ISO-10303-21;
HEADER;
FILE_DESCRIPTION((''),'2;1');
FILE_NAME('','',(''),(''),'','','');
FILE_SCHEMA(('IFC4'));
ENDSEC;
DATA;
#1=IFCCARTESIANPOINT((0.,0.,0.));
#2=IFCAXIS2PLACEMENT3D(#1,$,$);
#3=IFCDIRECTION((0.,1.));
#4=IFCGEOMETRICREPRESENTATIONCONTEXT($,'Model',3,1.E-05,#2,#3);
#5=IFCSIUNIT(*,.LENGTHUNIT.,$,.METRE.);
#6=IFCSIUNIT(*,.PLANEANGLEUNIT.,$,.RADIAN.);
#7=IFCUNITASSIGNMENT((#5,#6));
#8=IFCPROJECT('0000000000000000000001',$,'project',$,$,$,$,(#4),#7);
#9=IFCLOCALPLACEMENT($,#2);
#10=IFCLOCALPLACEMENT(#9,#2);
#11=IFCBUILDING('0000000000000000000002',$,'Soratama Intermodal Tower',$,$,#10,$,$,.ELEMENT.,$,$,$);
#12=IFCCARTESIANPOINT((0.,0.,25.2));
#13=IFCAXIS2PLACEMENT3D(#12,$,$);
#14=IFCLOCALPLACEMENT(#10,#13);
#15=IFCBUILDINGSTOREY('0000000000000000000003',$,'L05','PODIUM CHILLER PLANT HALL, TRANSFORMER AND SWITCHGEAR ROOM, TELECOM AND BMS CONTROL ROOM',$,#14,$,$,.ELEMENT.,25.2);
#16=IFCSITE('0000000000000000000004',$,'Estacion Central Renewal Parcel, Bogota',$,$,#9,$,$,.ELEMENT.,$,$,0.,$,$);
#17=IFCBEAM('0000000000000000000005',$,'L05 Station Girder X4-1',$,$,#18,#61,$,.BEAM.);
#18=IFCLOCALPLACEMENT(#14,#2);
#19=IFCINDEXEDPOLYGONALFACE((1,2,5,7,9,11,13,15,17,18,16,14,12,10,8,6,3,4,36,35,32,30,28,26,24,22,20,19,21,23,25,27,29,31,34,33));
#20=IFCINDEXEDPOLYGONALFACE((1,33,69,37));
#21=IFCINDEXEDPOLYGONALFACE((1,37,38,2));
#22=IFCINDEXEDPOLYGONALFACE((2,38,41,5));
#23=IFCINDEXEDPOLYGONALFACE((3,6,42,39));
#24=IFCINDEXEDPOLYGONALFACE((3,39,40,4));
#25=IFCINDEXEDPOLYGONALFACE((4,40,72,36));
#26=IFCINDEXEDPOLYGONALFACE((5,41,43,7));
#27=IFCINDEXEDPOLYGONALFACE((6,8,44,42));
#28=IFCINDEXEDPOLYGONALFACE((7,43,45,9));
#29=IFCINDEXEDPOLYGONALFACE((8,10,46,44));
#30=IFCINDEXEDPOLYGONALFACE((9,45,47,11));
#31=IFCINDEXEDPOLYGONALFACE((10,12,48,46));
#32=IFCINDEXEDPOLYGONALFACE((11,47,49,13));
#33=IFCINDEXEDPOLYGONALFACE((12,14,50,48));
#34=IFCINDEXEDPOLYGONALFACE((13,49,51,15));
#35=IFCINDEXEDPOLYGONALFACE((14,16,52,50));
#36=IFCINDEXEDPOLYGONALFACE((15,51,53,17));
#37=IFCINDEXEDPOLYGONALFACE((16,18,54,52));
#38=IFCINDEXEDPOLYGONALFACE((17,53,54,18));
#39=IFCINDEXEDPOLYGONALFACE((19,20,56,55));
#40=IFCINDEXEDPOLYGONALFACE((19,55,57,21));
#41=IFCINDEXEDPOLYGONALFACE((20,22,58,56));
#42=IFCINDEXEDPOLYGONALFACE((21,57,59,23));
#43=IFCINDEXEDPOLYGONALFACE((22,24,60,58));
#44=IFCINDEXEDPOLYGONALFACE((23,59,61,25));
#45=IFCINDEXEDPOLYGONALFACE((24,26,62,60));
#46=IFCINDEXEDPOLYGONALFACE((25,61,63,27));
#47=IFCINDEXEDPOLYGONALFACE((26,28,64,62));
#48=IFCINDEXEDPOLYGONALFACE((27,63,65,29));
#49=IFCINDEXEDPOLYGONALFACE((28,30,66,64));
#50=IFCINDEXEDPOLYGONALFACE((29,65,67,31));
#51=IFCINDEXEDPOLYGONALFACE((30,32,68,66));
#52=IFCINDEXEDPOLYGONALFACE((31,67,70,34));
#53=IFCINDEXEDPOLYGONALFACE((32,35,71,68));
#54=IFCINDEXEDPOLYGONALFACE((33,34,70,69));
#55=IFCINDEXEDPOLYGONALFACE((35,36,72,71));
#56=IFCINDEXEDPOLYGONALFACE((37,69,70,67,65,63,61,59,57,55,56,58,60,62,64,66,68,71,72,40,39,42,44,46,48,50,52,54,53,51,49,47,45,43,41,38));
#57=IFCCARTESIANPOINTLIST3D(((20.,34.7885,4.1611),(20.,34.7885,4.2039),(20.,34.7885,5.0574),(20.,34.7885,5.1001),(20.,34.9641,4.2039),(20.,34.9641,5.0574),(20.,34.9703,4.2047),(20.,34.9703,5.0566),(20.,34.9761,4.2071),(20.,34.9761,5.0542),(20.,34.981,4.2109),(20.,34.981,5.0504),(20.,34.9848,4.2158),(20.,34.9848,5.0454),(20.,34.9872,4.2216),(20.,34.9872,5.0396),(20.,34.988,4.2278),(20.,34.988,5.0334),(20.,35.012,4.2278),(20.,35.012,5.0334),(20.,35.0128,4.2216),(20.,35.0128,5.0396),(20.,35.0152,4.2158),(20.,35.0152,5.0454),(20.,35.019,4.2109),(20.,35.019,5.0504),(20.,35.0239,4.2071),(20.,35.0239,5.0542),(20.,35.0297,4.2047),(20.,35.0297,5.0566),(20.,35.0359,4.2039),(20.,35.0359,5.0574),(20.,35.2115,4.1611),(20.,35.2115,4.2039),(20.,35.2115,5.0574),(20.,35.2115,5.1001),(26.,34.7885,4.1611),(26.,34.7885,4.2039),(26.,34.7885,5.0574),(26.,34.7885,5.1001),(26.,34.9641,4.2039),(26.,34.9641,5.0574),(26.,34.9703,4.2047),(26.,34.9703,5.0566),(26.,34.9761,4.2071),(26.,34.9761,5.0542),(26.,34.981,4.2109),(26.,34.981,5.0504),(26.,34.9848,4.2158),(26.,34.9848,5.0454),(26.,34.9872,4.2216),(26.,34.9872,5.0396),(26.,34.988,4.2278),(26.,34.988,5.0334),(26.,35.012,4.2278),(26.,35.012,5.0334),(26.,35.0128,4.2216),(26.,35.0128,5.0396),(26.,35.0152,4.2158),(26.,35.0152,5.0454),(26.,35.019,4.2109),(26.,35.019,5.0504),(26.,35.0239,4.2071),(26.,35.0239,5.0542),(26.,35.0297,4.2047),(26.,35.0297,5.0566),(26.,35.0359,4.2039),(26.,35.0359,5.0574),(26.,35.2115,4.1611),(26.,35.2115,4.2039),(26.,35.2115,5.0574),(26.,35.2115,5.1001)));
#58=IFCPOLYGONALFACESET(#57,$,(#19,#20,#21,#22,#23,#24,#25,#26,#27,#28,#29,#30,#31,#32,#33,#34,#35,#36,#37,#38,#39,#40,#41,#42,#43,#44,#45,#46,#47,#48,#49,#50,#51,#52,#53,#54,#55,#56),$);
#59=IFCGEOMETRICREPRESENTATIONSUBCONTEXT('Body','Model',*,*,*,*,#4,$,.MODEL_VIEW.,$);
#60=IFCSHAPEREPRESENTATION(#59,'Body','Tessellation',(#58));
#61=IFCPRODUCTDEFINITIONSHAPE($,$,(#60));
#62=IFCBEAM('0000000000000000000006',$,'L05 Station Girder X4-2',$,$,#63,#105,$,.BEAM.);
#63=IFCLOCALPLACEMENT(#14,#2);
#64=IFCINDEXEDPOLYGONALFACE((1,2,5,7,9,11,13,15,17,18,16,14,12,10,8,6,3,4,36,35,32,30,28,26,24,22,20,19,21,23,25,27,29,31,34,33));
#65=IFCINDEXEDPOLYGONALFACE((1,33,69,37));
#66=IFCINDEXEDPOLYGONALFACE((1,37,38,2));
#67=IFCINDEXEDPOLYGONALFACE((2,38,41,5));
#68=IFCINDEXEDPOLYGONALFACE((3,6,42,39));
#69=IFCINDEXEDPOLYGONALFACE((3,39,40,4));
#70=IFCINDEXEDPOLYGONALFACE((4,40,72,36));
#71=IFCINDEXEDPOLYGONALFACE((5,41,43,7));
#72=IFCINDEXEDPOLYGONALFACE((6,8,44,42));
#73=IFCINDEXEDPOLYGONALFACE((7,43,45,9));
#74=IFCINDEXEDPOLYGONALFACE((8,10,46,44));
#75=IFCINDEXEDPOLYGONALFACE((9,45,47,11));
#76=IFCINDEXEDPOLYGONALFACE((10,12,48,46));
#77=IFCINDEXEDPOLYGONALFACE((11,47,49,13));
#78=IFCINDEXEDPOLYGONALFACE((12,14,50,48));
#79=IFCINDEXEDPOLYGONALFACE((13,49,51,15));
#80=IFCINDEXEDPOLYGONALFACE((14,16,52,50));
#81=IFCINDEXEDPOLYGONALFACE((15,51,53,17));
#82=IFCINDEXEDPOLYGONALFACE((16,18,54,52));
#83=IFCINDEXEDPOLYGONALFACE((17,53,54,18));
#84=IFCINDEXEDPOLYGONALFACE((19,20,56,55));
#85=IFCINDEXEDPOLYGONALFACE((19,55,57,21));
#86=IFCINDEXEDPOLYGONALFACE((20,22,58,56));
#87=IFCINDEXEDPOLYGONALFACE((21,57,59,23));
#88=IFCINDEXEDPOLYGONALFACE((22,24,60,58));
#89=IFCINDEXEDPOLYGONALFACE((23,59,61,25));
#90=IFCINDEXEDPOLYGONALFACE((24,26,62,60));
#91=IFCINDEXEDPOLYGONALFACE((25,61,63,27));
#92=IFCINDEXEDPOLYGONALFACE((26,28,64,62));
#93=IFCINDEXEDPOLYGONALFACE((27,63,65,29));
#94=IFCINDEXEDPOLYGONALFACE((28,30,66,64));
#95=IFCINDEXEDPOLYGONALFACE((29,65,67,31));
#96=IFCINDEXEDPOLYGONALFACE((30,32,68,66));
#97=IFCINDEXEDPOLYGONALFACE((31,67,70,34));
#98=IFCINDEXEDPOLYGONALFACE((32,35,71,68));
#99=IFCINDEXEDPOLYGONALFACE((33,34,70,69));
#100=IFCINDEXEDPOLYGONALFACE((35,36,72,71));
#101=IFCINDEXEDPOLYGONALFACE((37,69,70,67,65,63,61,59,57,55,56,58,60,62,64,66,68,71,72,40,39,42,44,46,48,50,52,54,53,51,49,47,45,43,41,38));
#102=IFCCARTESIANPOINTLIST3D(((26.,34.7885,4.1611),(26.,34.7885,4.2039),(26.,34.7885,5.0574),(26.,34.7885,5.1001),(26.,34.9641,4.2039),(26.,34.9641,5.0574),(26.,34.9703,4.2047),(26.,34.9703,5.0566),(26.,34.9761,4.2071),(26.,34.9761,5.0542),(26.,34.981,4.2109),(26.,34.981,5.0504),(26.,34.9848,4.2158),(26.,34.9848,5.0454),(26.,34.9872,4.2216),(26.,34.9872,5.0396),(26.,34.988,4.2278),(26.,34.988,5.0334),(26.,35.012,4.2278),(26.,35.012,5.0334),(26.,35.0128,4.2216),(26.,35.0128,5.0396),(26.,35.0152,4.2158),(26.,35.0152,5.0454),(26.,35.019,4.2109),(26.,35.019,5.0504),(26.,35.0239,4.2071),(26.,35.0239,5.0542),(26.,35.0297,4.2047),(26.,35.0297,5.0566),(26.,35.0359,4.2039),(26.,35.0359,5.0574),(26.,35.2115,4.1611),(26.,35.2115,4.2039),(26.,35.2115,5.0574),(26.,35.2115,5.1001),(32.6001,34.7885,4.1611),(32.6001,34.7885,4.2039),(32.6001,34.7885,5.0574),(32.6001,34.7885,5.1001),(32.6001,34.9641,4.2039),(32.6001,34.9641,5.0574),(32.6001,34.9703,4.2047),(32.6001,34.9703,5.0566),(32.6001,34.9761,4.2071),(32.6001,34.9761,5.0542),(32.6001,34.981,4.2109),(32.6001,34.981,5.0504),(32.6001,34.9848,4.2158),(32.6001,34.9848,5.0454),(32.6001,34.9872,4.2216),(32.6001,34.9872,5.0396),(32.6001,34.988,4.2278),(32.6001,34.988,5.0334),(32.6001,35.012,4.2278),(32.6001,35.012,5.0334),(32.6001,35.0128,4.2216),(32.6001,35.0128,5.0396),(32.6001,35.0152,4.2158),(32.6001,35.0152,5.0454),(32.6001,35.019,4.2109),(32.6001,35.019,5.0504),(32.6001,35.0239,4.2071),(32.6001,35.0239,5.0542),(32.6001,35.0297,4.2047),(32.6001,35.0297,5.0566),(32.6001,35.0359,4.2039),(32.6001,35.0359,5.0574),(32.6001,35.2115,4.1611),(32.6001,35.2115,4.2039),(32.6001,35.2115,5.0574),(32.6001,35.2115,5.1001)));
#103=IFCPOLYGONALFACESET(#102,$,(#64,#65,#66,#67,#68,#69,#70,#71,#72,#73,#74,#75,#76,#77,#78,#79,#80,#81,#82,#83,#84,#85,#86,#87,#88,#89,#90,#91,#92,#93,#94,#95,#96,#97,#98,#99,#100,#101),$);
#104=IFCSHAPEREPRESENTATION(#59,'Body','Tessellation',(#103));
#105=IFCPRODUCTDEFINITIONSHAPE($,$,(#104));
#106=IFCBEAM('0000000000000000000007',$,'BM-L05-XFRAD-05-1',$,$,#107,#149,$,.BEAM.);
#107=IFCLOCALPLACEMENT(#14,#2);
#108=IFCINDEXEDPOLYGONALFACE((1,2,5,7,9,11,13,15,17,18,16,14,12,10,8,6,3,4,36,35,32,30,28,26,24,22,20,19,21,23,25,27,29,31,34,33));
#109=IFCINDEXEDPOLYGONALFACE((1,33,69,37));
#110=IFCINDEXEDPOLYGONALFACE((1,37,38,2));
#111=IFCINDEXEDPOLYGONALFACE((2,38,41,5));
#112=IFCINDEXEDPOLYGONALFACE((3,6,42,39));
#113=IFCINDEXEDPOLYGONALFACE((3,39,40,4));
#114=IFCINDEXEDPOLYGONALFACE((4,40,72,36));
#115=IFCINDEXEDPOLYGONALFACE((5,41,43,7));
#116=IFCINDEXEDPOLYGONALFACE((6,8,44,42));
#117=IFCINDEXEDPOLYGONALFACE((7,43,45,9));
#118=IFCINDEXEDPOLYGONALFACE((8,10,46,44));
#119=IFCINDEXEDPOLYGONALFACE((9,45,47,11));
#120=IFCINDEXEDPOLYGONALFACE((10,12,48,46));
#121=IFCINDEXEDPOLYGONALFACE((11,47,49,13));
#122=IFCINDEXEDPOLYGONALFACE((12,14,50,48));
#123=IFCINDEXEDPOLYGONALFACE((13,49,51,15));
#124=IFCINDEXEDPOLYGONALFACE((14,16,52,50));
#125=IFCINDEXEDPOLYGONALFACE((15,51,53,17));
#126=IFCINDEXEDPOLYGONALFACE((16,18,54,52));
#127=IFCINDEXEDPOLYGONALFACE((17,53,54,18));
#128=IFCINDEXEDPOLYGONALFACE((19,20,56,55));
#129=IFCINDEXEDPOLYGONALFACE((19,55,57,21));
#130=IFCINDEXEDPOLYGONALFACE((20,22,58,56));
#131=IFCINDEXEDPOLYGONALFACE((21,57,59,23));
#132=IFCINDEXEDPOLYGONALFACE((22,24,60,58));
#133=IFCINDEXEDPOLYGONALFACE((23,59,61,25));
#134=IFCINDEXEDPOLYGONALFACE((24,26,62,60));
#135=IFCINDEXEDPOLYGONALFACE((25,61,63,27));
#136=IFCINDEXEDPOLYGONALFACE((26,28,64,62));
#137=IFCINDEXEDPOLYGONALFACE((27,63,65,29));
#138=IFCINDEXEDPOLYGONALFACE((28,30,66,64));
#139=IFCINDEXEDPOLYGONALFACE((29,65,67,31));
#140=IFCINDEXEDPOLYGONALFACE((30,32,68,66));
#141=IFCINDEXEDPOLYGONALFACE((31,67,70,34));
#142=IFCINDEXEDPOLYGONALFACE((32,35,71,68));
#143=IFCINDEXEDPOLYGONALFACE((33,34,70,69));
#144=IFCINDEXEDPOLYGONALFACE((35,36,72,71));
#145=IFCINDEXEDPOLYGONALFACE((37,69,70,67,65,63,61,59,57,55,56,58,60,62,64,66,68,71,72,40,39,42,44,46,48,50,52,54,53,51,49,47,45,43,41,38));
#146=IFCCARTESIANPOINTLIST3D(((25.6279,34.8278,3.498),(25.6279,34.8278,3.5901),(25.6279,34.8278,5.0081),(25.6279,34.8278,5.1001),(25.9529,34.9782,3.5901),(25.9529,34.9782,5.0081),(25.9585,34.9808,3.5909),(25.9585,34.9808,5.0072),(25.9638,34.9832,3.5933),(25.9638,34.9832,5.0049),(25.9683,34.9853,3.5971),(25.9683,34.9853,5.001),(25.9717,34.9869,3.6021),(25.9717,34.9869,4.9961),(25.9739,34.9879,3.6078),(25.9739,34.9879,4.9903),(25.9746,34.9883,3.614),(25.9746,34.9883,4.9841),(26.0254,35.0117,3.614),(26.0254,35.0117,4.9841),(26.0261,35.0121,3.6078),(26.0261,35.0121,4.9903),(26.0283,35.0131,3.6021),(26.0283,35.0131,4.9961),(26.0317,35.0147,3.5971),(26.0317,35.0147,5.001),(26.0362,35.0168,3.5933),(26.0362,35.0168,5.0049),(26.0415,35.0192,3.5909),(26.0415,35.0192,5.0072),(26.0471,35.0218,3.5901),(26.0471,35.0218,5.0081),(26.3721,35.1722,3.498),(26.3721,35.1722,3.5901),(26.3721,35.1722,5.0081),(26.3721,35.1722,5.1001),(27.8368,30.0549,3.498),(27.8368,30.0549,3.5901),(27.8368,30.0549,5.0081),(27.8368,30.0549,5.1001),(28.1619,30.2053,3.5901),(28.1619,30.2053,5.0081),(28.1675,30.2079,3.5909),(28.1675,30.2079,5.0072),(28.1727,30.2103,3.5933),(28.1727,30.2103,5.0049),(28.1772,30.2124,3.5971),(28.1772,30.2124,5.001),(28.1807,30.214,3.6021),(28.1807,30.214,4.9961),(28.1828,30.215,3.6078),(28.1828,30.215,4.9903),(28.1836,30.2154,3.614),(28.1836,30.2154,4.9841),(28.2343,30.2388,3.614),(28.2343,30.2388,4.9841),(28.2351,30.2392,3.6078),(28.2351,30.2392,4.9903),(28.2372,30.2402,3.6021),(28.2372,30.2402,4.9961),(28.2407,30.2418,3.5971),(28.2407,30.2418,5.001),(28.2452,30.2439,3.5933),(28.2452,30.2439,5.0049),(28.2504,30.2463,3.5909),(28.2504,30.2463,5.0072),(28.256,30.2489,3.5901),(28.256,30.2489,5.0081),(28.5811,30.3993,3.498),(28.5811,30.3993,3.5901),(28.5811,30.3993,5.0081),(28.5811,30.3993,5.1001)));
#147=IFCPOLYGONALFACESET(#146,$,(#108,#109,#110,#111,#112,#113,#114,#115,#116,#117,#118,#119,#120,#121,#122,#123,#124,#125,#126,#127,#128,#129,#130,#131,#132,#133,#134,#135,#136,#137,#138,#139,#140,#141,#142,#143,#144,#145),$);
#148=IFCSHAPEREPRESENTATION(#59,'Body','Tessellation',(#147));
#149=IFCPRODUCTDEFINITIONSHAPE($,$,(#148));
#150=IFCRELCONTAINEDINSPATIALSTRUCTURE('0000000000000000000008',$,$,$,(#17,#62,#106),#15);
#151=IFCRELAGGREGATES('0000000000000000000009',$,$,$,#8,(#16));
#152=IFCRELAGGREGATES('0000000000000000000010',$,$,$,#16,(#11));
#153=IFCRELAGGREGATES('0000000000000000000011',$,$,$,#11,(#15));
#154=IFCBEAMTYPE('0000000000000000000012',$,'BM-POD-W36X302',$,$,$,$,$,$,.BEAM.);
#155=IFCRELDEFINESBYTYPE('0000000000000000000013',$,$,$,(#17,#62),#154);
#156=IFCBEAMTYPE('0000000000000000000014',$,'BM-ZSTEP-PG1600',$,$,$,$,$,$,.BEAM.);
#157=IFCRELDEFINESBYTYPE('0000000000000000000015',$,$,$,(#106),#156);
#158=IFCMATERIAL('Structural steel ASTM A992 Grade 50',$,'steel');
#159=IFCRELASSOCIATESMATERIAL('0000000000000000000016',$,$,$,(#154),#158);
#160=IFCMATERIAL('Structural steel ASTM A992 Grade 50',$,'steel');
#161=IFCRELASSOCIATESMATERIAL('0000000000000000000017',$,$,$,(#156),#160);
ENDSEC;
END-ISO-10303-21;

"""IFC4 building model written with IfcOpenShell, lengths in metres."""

from ifc_helpers import new_model, si_unit, direction, frame, origin, origin_2d, place, context, subcontext, project, spatial, i_section, extrude, material, material_profile, profile_set, type_object, element, save


model = new_model("IFC4")

# Units and contexts
model_context = context("Model", 3, precision=1e-05, world=origin(), true_north=direction((0.0, 1.0)))
body_context = subcontext(model_context, "Body", "Model", "MODEL_VIEW")
ifc_project = project(units=[si_unit("LENGTHUNIT", "METRE"), si_unit("PLANEANGLEUNIT", "RADIAN")], contexts=[model_context])

# Site, building, storey
site_placement = place(None, origin())
site = spatial("IfcSite", under=ifc_project, at=site_placement, Name="Estacion Central Renewal Parcel, Bogota", CompositionType="ELEMENT", RefElevation=0.0)
building_placement = place(site_placement, origin())
building = spatial("IfcBuilding", under=site, at=building_placement, Name="Soratama Intermodal Tower", CompositionType="ELEMENT")
storey_placement = place(building_placement, frame((0.0, 0.0, 25.2)))
storey = spatial("IfcBuildingStorey", under=building, at=storey_placement, Name="L05", Description="PODIUM CHILLER PLANT HALL, TRANSFORMER AND SWITCHGEAR ROOM, TELECOM AND BMS CONTROL ROOM", CompositionType="ELEMENT", Elevation=25.2)

# Beams
ifc_material_1 = material(Name="Structural steel ASTM A992 Grade 50", Category="steel")
ifc_material_profile_1 = material_profile(ifc_material_1, i_section(OverallWidth=0.4231, OverallDepth=0.939, WebThickness=0.0239, FlangeThickness=0.0427, FilletRadius=0.0239, at=origin_2d()), Name="W36X302")
ifc_profile_set_1 = profile_set([ifc_material_profile_1], Name="Structural steel ASTM A992 Grade 50")
beam_type_1 = type_object("IfcBeamType", Name="BM-POD-W36X302", PredefinedType="BEAM", material=ifc_profile_set_1)
beam_1_placement = place(storey_placement, frame((20.0, 35.0, 4.6306), z_axis=(1.0, 0.0, 0.0), x_axis=(0.0, 1.0, 0.0)))
element("IfcBeam", 1, at=beam_1_placement, inside=storey, type_object=beam_type_1, Name="L05 Station Girder X4-1", PredefinedType="BEAM", context=body_context, shape_type="SweptSolid", body=[
    extrude(i_section(OverallWidth=0.4231, OverallDepth=0.939, WebThickness=0.0239, FlangeThickness=0.0427, FilletRadius=0.0239, at=origin_2d()), origin(), (0.0, 0.0, 1.0), 6.0),
])
beam_2_placement = place(storey_placement, frame((26.0, 35.0, 4.6306), z_axis=(1.0, 0.0, 0.0), x_axis=(0.0, 1.0, 0.0)))
element("IfcBeam", 2, at=beam_2_placement, inside=storey, type_object=beam_type_1, Name="L05 Station Girder X4-2", PredefinedType="BEAM", context=body_context, shape_type="SweptSolid", body=[
    extrude(i_section(OverallWidth=0.4231, OverallDepth=0.939, WebThickness=0.0239, FlangeThickness=0.0427, FilletRadius=0.0239, at=origin_2d()), origin(), (0.0, 0.0, 1.0), 6.6001),
])
ifc_material_2 = material(Name="Structural steel ASTM A992 Grade 50", Category="steel")
ifc_material_profile_2 = material_profile(ifc_material_2, i_section(OverallWidth=0.8201, OverallDepth=1.6021, WebThickness=0.0559, FlangeThickness=0.092, FilletRadius=0.0239, at=origin_2d()), Name="PG1600X650")
ifc_profile_set_2 = profile_set([ifc_material_profile_2], Name="Structural steel ASTM A992 Grade 50")
beam_type_2 = type_object("IfcBeamType", Name="BM-ZSTEP-PG1600", PredefinedType="BEAM", material=ifc_profile_set_2)
beam_3_placement = place(storey_placement, frame((26.0, 35.0, 4.2991), z_axis=(0.420012, -0.907519, 0.0), x_axis=(0.907519, 0.420012, 0.0)))
element("IfcBeam", 3, at=beam_3_placement, inside=storey, type_object=beam_type_2, Name="BM-L05-XFRAD-05-1", PredefinedType="BEAM", context=body_context, shape_type="SweptSolid", body=[
    extrude(i_section(OverallWidth=0.8201, OverallDepth=1.6021, WebThickness=0.0559, FlangeThickness=0.092, FilletRadius=0.0239, at=origin_2d()), origin(), (0.0, 0.0, 1.0), 5.2593),
])

save(model, "model.ifc")
